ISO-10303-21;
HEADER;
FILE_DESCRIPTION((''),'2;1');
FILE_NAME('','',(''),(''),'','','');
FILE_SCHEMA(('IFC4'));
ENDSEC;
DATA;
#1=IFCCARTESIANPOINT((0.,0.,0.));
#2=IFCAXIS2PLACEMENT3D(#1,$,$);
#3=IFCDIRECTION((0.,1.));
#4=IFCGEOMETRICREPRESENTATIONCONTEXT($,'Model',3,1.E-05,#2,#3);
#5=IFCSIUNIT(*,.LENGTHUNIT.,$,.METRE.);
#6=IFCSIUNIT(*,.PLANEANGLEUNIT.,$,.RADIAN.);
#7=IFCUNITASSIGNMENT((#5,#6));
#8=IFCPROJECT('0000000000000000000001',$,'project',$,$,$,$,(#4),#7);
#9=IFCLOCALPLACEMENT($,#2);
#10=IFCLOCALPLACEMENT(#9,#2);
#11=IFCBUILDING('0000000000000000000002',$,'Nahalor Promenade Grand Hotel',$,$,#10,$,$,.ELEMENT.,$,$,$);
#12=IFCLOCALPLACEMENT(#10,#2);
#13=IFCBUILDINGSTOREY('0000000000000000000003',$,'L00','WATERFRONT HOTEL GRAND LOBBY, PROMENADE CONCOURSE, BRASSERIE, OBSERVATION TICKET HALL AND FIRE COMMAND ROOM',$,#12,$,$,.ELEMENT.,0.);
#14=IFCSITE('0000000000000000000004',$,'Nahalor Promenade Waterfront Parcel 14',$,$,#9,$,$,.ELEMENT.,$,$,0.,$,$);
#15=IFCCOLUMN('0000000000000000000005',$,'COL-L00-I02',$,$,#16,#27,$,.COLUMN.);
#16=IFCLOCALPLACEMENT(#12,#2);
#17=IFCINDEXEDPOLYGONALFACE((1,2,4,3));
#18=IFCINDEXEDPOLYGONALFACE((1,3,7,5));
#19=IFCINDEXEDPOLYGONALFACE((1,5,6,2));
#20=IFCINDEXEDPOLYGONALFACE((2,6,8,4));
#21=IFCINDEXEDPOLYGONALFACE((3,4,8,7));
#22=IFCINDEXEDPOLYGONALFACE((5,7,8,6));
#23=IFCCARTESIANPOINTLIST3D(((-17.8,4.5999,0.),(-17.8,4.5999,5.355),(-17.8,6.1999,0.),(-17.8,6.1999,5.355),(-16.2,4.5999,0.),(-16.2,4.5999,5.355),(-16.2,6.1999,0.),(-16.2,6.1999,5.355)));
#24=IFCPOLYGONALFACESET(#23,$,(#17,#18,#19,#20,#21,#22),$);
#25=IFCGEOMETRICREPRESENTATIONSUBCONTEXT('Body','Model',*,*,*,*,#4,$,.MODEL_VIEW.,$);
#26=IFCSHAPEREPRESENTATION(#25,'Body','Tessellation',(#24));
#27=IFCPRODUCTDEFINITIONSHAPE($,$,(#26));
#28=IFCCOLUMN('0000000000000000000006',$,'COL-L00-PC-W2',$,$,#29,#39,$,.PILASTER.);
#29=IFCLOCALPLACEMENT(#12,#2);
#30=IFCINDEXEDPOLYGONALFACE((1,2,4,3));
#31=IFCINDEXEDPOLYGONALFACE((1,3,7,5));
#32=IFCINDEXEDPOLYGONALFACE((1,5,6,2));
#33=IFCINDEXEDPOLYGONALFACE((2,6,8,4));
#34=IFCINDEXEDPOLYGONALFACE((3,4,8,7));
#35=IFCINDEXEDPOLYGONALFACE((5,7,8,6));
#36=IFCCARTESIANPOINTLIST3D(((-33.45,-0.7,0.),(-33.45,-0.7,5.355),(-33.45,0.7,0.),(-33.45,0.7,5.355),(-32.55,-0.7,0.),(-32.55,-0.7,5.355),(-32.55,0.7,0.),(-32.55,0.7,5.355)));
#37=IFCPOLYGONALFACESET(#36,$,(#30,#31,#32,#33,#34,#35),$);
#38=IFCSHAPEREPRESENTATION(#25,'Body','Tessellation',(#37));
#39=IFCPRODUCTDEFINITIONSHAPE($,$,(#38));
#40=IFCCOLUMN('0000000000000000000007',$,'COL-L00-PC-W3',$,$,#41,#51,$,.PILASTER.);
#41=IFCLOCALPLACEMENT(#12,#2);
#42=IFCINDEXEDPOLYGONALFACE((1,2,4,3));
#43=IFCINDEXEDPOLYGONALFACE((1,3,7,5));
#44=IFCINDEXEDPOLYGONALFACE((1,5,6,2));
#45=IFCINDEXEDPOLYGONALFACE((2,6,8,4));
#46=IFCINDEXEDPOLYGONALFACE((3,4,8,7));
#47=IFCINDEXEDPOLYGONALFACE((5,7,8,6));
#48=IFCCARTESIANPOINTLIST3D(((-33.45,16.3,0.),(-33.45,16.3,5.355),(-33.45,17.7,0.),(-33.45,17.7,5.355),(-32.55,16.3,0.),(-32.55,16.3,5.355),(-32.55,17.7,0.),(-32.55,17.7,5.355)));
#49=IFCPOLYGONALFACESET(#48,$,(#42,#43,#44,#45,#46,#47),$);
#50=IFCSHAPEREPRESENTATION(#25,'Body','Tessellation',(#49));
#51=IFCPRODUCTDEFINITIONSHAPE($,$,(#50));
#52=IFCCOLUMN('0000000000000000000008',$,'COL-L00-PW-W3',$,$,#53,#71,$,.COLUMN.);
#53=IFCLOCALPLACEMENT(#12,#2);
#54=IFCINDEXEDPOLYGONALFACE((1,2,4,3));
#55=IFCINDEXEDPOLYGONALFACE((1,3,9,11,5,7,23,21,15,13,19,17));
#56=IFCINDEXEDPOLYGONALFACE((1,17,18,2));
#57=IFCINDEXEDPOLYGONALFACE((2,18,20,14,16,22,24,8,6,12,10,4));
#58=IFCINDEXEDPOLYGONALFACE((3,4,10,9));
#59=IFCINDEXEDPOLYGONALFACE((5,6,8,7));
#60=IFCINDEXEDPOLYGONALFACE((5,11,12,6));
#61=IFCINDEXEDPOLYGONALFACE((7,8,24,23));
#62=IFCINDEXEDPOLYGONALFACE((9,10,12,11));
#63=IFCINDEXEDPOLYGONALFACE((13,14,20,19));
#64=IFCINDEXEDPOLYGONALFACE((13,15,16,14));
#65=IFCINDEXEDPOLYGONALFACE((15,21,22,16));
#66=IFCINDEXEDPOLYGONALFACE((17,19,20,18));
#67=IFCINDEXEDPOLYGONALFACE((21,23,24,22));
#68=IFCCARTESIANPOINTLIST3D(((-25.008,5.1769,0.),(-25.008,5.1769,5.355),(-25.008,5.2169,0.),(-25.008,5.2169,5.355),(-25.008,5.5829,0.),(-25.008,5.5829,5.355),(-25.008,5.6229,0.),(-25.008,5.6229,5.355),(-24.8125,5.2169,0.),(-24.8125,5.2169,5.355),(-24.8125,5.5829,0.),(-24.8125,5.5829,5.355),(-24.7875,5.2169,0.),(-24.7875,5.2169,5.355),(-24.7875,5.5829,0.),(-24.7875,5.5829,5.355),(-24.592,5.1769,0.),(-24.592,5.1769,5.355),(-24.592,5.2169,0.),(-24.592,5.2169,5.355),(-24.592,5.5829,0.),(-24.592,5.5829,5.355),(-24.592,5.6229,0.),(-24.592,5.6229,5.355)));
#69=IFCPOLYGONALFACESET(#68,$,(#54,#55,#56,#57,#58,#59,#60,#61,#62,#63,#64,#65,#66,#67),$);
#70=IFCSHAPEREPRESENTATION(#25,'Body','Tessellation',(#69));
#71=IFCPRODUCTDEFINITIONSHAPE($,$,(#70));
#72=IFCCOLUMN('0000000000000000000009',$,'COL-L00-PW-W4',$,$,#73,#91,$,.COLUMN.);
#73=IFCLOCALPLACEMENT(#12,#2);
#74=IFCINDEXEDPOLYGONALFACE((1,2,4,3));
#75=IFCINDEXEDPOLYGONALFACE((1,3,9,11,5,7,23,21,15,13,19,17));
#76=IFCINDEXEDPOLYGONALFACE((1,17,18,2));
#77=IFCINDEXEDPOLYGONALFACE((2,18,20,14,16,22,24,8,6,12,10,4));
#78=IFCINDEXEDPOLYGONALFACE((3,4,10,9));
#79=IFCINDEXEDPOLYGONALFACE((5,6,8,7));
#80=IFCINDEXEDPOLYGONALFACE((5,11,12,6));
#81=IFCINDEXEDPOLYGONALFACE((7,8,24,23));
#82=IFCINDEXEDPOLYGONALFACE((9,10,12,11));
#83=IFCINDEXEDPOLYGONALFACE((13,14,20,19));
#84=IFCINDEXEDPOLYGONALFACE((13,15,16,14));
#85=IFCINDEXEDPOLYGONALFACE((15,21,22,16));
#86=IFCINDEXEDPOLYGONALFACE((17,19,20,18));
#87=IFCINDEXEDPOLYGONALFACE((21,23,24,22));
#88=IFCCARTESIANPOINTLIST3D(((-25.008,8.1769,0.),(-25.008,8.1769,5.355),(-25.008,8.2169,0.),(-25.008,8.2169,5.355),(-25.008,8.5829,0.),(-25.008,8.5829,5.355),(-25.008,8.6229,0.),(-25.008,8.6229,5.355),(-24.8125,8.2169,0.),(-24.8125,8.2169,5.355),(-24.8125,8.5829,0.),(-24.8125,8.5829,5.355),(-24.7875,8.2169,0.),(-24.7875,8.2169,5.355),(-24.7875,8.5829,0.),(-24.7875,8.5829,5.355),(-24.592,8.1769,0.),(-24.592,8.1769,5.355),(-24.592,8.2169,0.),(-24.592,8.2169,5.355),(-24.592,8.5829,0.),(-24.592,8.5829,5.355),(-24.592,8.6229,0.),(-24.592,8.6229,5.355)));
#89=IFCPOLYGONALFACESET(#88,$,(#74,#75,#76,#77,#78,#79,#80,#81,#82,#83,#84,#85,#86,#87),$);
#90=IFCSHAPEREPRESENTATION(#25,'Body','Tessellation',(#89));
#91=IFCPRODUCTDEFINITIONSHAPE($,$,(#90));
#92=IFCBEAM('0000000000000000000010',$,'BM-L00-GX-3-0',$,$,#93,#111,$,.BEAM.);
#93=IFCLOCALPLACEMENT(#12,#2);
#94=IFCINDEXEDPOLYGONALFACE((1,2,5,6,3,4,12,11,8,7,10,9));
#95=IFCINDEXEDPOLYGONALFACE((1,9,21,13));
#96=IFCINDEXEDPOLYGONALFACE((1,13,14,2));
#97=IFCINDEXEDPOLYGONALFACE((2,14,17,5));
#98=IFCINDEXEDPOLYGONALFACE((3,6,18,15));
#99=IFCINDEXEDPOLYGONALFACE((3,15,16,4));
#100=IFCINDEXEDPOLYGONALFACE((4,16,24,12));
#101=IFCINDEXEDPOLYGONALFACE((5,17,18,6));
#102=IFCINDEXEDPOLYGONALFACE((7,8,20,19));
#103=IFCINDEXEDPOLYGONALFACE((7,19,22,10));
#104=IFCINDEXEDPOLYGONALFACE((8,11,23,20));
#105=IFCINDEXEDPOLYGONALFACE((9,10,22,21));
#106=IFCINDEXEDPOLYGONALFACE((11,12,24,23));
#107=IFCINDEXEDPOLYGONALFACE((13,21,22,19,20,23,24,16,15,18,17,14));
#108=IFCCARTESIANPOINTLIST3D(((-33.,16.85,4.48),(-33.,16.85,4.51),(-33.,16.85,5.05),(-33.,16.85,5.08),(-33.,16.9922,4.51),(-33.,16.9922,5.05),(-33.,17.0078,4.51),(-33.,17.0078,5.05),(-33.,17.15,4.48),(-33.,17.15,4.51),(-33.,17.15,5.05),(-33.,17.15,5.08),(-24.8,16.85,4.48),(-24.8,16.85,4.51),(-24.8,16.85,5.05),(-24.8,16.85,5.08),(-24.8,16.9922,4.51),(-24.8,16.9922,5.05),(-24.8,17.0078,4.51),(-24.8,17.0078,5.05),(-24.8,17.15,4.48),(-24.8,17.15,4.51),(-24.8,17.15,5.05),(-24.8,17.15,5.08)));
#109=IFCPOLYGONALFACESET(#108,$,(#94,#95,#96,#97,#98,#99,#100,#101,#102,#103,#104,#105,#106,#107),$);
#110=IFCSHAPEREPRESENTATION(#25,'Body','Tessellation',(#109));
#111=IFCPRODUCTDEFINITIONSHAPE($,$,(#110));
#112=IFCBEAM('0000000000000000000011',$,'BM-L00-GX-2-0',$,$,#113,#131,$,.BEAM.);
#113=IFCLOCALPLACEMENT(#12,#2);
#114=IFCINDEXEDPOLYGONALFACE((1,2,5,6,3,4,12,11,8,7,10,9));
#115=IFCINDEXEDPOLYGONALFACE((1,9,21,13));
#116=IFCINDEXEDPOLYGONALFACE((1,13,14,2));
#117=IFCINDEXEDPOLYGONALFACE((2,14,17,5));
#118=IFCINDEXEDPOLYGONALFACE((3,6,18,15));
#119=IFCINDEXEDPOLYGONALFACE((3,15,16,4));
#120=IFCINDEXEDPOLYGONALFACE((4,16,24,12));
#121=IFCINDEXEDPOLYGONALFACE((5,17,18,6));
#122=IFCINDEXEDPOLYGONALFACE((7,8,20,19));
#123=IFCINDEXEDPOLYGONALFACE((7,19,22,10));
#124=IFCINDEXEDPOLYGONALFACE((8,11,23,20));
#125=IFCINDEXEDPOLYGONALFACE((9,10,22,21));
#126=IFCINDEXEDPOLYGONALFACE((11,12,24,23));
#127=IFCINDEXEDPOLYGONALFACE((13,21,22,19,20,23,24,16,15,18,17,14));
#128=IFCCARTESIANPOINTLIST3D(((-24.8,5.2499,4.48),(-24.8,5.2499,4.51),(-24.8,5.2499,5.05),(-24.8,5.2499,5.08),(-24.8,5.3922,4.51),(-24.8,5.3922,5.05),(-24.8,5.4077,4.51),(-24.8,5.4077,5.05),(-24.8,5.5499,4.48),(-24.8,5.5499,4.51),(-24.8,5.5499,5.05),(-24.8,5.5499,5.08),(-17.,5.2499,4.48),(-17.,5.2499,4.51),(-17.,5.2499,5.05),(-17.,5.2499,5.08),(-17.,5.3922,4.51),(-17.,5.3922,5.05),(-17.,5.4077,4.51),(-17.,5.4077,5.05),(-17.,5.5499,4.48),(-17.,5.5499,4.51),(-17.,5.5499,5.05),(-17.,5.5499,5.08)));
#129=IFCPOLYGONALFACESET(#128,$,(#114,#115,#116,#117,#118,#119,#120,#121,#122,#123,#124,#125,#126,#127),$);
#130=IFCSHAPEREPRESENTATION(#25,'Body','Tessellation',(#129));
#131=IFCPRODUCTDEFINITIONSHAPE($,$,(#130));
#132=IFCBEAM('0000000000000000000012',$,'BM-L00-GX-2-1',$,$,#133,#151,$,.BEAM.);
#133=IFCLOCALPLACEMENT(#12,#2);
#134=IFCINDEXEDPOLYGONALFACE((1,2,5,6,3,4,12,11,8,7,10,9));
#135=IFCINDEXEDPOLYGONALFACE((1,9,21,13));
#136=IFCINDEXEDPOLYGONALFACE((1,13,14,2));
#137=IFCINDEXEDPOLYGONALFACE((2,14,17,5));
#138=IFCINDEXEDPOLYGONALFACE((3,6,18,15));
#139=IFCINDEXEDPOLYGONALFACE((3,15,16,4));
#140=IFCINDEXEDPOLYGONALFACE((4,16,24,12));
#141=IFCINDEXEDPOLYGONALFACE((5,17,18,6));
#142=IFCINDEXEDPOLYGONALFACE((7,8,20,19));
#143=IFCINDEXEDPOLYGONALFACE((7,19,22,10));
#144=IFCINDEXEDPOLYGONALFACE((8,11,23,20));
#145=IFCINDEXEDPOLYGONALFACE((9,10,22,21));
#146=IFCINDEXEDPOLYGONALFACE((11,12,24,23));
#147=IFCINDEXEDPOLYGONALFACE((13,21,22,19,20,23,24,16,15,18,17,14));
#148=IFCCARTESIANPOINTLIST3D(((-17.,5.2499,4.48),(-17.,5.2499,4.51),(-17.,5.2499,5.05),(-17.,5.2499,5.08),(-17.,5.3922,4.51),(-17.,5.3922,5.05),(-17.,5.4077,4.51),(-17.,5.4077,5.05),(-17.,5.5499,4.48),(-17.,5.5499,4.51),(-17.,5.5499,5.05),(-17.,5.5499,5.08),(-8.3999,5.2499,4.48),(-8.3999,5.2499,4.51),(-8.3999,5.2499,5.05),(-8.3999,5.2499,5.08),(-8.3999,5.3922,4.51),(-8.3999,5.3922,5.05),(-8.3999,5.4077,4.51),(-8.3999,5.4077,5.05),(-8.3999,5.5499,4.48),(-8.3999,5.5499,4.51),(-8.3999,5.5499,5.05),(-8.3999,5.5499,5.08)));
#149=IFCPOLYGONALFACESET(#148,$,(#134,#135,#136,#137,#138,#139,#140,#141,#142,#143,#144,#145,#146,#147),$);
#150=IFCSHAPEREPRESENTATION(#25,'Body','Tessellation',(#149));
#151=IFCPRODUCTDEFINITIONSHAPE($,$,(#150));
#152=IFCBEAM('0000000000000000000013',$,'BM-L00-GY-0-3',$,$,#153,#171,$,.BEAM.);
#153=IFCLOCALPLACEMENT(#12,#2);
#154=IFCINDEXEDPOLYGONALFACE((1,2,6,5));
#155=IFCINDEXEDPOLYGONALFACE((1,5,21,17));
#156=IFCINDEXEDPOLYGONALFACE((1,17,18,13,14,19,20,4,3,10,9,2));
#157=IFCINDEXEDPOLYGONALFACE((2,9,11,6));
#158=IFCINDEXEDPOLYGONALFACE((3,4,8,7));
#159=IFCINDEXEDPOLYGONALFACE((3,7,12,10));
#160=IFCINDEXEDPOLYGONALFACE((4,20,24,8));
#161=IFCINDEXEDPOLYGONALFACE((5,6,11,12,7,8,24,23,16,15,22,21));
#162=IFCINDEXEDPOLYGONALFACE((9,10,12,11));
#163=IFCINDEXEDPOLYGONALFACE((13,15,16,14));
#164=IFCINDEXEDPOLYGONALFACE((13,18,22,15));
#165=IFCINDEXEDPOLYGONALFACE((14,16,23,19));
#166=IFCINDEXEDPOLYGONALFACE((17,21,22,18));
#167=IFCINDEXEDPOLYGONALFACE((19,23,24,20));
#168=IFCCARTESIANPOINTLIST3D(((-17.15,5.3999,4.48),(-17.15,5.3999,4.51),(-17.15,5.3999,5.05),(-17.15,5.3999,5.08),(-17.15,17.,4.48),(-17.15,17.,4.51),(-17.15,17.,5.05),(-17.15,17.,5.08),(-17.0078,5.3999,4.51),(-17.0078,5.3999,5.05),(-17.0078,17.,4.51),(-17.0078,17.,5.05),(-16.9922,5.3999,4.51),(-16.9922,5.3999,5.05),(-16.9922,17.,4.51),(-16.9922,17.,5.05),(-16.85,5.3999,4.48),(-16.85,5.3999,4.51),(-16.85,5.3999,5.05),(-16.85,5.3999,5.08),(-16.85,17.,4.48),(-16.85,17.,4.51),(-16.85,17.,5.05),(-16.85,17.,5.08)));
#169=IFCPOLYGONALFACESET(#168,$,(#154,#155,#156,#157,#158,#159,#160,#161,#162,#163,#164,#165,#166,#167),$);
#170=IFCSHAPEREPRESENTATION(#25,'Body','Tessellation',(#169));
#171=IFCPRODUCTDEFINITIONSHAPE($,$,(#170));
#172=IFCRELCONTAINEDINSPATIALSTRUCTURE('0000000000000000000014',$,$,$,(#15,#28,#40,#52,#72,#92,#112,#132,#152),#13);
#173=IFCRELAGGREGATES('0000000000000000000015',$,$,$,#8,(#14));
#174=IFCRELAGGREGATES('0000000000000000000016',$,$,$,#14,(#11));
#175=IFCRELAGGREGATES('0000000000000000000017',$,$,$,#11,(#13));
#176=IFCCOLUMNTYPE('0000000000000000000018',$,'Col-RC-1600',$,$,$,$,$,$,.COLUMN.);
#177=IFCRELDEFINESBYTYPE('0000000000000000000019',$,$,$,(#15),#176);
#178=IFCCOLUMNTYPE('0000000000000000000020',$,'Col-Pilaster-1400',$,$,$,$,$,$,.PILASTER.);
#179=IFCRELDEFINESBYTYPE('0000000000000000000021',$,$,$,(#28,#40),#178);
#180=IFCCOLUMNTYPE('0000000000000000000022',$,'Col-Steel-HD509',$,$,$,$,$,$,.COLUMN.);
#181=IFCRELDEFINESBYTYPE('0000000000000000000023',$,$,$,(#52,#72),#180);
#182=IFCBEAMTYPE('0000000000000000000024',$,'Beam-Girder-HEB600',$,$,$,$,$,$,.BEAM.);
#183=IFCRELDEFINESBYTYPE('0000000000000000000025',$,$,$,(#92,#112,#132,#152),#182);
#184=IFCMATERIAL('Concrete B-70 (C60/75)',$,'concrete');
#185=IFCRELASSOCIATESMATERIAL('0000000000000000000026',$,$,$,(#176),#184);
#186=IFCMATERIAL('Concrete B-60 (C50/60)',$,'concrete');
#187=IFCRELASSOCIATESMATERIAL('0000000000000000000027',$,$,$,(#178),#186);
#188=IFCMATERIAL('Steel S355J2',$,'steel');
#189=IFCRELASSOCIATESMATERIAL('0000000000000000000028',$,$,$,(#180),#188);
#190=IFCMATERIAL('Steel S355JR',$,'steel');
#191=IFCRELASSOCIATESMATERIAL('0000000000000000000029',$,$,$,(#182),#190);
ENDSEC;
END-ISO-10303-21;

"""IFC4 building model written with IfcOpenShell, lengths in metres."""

from ifc_helpers import new_model, si_unit, direction, frame, origin, origin_2d, place, context, subcontext, project, spatial, rectangle, i_section, extrude, source, transform, mapped, material, material_profile, profile_set, type_object, element, save


model = new_model("IFC4")

# Units and contexts
model_context = context("Model", 3, precision=1e-05, world=origin(), true_north=direction((0.0, 1.0)))
body_context = subcontext(model_context, "Body", "Model", "MODEL_VIEW")
ifc_project = project(units=[si_unit("LENGTHUNIT", "METRE"), si_unit("PLANEANGLEUNIT", "RADIAN")], contexts=[model_context])

# Site, building, storey
site_placement = place(None, origin())
site = spatial("IfcSite", under=ifc_project, at=site_placement, Name="Nahalor Promenade Waterfront Parcel 14", CompositionType="ELEMENT", RefElevation=0.0)
building_placement = place(site_placement, origin())
building = spatial("IfcBuilding", under=site, at=building_placement, Name="Nahalor Promenade Grand Hotel", CompositionType="ELEMENT")
storey_placement = place(building_placement, origin())
storey = spatial("IfcBuildingStorey", under=building, at=storey_placement, Name="L00", Description="WATERFRONT HOTEL GRAND LOBBY, PROMENADE CONCOURSE, BRASSERIE, OBSERVATION TICKET HALL AND FIRE COMMAND ROOM", CompositionType="ELEMENT", Elevation=0.0)

# Columns
ifc_material_1 = material(Name="Concrete B-70 (C60/75)", Category="concrete")
ifc_material_profile_1 = material_profile(ifc_material_1, rectangle(XDim=1.6, YDim=1.6, at=origin_2d()), Name="RC 1600x1600")
ifc_profile_set_1 = profile_set([ifc_material_profile_1], Name="Concrete B-70 (C60/75)")
column_type_1 = type_object("IfcColumnType", Name="Col-RC-1600", PredefinedType="COLUMN", material=ifc_profile_set_1)
shared_shape_1 = source(origin(), body_context, "Body", "SweptSolid", [
    extrude(rectangle(XDim=1.6, YDim=1.6, at=origin_2d()), origin(), (0.0, 0.0, 1.0), 5.355),
])
column_placement = place(storey_placement, frame((-17.0, 5.3999, 0.0), z_axis=(0.0, 0.0, 1.0), x_axis=(1.0, 0.0, 0.0)))
element("IfcColumn", 1, at=column_placement, inside=storey, type_object=column_type_1, Name="COL-L00-I02", PredefinedType="COLUMN", context=body_context, shape_type="MappedRepresentation", body=[
    mapped(shared_shape_1, transform((0.0, 0.0, 0.0), scale=1.0)),
])
ifc_material_2 = material(Name="Concrete B-60 (C50/60)", Category="concrete")
ifc_material_profile_2 = material_profile(ifc_material_2, rectangle(XDim=0.9, YDim=1.4, at=origin_2d()), Name="RC 900x1400")
ifc_profile_set_2 = profile_set([ifc_material_profile_2], Name="Concrete B-60 (C50/60)")
column_type_2 = type_object("IfcColumnType", Name="Col-Pilaster-1400", PredefinedType="PILASTER", material=ifc_profile_set_2)
shared_shape_2 = source(origin(), body_context, "Body", "SweptSolid", [
    extrude(rectangle(XDim=0.9, YDim=1.4, at=origin_2d()), origin(), (0.0, 0.0, 1.0), 5.355),
])
for number, where, z_axis, x_axis, name in (
    (2, (-33.0, 0.0, 0.0), (0.0, 0.0, 1.0), (1.0, 0.0, 0.0), "COL-L00-PC-W2"),
    (3, (-33.0, 17.0, 0.0), (0.0, 0.0, 1.0), (1.0, 0.0, 0.0), "COL-L00-PC-W3"),
):
    element("IfcColumn", number, at=place(storey_placement, frame(where, z_axis=z_axis, x_axis=x_axis)), inside=storey, type_object=column_type_2, Name=name, PredefinedType="PILASTER", context=body_context, shape_type="MappedRepresentation", body=[
        mapped(shared_shape_2, transform((0.0, 0.0, 0.0), scale=1.0)),
    ])
ifc_material_3 = material(Name="Steel S355J2", Category="steel")
ifc_material_profile_3 = material_profile(ifc_material_3, i_section(OverallWidth=0.416, OverallDepth=0.446, WebThickness=0.025, FlangeThickness=0.04, at=origin_2d()), Name="HD 400x509")
ifc_profile_set_3 = profile_set([ifc_material_profile_3], Name="Steel S355J2")
column_type_3 = type_object("IfcColumnType", Name="Col-Steel-HD509", PredefinedType="COLUMN", material=ifc_profile_set_3)
shared_shape_3 = source(origin(), body_context, "Body", "SweptSolid", [
    extrude(i_section(OverallWidth=0.416, OverallDepth=0.446, WebThickness=0.025, FlangeThickness=0.04, at=origin_2d()), origin(), (0.0, 0.0, 1.0), 5.355),
])
for number, where, z_axis, x_axis, name in (
    (4, (-24.8, 5.3999, 0.0), (0.0, 0.0, 1.0), (1.0, 0.0, 0.0), "COL-L00-PW-W3"),
    (5, (-24.8, 8.3999, 0.0), (0.0, 0.0, 1.0), (1.0, 0.0, 0.0), "COL-L00-PW-W4"),
):
    element("IfcColumn", number, at=place(storey_placement, frame(where, z_axis=z_axis, x_axis=x_axis)), inside=storey, type_object=column_type_3, Name=name, PredefinedType="COLUMN", context=body_context, shape_type="MappedRepresentation", body=[
        mapped(shared_shape_3, transform((0.0, 0.0, 0.0), scale=1.0)),
    ])

# Beams
ifc_material_4 = material(Name="Steel S355JR", Category="steel")
ifc_material_profile_4 = material_profile(ifc_material_4, i_section(OverallWidth=0.3, OverallDepth=0.6, WebThickness=0.0155, FlangeThickness=0.03, at=origin_2d()), Name="HEB 600")
ifc_profile_set_4 = profile_set([ifc_material_profile_4], Name="Steel S355JR")
beam_type_1 = type_object("IfcBeamType", Name="Beam-Girder-HEB600", PredefinedType="BEAM", material=ifc_profile_set_4)
shared_shape_4 = source(origin(), body_context, "Body", "SweptSolid", [
    extrude(i_section(OverallWidth=0.3, OverallDepth=0.6, WebThickness=0.0155, FlangeThickness=0.03, at=origin_2d()), origin(), (0.0, 0.0, 1.0), 8.2),
])
beam_1_placement = place(storey_placement, frame((-33.0, 17.0, 4.78), z_axis=(1.0, 0.0, 0.0), x_axis=(0.0, 1.0, 0.0)))
element("IfcBeam", 6, at=beam_1_placement, inside=storey, type_object=beam_type_1, Name="BM-L00-GX-3-0", PredefinedType="BEAM", context=body_context, shape_type="MappedRepresentation", body=[
    mapped(shared_shape_4, transform((0.0, 0.0, 0.0), scale=1.0)),
])
shared_shape_5 = source(origin(), body_context, "Body", "SweptSolid", [
    extrude(i_section(OverallWidth=0.3, OverallDepth=0.6, WebThickness=0.0155, FlangeThickness=0.03, at=origin_2d()), origin(), (0.0, 0.0, 1.0), 7.8),
])
beam_2_placement = place(storey_placement, frame((-24.8, 5.3999, 4.78), z_axis=(1.0, 0.0, 0.0), x_axis=(0.0, 1.0, 0.0)))
element("IfcBeam", 7, at=beam_2_placement, inside=storey, type_object=beam_type_1, Name="BM-L00-GX-2-0", PredefinedType="BEAM", context=body_context, shape_type="MappedRepresentation", body=[
    mapped(shared_shape_5, transform((0.0, 0.0, 0.0), scale=1.0)),
])
shared_shape_6 = source(origin(), body_context, "Body", "SweptSolid", [
    extrude(i_section(OverallWidth=0.3, OverallDepth=0.6, WebThickness=0.0155, FlangeThickness=0.03, at=origin_2d()), origin(), (0.0, 0.0, 1.0), 8.6001),
])
beam_3_placement = place(storey_placement, frame((-17.0, 5.3999, 4.78), z_axis=(1.0, 0.0, 0.0), x_axis=(0.0, 1.0, 0.0)))
element("IfcBeam", 8, at=beam_3_placement, inside=storey, type_object=beam_type_1, Name="BM-L00-GX-2-1", PredefinedType="BEAM", context=body_context, shape_type="MappedRepresentation", body=[
    mapped(shared_shape_6, transform((0.0, 0.0, 0.0), scale=1.0)),
])
shared_shape_7 = source(origin(), body_context, "Body", "SweptSolid", [
    extrude(i_section(OverallWidth=0.3, OverallDepth=0.6, WebThickness=0.0155, FlangeThickness=0.03, at=origin_2d()), origin(), (0.0, 0.0, 1.0), 11.6001),
])
beam_4_placement = place(storey_placement, frame((-17.0, 5.3999, 4.78), z_axis=(0.0, 1.0, 0.0), x_axis=(-1.0, 0.0, 0.0)))
element("IfcBeam", 9, at=beam_4_placement, inside=storey, type_object=beam_type_1, Name="BM-L00-GY-0-3", PredefinedType="BEAM", context=body_context, shape_type="MappedRepresentation", body=[
    mapped(shared_shape_7, transform((0.0, 0.0, 0.0), scale=1.0)),
])

save(model, "model.ifc")
